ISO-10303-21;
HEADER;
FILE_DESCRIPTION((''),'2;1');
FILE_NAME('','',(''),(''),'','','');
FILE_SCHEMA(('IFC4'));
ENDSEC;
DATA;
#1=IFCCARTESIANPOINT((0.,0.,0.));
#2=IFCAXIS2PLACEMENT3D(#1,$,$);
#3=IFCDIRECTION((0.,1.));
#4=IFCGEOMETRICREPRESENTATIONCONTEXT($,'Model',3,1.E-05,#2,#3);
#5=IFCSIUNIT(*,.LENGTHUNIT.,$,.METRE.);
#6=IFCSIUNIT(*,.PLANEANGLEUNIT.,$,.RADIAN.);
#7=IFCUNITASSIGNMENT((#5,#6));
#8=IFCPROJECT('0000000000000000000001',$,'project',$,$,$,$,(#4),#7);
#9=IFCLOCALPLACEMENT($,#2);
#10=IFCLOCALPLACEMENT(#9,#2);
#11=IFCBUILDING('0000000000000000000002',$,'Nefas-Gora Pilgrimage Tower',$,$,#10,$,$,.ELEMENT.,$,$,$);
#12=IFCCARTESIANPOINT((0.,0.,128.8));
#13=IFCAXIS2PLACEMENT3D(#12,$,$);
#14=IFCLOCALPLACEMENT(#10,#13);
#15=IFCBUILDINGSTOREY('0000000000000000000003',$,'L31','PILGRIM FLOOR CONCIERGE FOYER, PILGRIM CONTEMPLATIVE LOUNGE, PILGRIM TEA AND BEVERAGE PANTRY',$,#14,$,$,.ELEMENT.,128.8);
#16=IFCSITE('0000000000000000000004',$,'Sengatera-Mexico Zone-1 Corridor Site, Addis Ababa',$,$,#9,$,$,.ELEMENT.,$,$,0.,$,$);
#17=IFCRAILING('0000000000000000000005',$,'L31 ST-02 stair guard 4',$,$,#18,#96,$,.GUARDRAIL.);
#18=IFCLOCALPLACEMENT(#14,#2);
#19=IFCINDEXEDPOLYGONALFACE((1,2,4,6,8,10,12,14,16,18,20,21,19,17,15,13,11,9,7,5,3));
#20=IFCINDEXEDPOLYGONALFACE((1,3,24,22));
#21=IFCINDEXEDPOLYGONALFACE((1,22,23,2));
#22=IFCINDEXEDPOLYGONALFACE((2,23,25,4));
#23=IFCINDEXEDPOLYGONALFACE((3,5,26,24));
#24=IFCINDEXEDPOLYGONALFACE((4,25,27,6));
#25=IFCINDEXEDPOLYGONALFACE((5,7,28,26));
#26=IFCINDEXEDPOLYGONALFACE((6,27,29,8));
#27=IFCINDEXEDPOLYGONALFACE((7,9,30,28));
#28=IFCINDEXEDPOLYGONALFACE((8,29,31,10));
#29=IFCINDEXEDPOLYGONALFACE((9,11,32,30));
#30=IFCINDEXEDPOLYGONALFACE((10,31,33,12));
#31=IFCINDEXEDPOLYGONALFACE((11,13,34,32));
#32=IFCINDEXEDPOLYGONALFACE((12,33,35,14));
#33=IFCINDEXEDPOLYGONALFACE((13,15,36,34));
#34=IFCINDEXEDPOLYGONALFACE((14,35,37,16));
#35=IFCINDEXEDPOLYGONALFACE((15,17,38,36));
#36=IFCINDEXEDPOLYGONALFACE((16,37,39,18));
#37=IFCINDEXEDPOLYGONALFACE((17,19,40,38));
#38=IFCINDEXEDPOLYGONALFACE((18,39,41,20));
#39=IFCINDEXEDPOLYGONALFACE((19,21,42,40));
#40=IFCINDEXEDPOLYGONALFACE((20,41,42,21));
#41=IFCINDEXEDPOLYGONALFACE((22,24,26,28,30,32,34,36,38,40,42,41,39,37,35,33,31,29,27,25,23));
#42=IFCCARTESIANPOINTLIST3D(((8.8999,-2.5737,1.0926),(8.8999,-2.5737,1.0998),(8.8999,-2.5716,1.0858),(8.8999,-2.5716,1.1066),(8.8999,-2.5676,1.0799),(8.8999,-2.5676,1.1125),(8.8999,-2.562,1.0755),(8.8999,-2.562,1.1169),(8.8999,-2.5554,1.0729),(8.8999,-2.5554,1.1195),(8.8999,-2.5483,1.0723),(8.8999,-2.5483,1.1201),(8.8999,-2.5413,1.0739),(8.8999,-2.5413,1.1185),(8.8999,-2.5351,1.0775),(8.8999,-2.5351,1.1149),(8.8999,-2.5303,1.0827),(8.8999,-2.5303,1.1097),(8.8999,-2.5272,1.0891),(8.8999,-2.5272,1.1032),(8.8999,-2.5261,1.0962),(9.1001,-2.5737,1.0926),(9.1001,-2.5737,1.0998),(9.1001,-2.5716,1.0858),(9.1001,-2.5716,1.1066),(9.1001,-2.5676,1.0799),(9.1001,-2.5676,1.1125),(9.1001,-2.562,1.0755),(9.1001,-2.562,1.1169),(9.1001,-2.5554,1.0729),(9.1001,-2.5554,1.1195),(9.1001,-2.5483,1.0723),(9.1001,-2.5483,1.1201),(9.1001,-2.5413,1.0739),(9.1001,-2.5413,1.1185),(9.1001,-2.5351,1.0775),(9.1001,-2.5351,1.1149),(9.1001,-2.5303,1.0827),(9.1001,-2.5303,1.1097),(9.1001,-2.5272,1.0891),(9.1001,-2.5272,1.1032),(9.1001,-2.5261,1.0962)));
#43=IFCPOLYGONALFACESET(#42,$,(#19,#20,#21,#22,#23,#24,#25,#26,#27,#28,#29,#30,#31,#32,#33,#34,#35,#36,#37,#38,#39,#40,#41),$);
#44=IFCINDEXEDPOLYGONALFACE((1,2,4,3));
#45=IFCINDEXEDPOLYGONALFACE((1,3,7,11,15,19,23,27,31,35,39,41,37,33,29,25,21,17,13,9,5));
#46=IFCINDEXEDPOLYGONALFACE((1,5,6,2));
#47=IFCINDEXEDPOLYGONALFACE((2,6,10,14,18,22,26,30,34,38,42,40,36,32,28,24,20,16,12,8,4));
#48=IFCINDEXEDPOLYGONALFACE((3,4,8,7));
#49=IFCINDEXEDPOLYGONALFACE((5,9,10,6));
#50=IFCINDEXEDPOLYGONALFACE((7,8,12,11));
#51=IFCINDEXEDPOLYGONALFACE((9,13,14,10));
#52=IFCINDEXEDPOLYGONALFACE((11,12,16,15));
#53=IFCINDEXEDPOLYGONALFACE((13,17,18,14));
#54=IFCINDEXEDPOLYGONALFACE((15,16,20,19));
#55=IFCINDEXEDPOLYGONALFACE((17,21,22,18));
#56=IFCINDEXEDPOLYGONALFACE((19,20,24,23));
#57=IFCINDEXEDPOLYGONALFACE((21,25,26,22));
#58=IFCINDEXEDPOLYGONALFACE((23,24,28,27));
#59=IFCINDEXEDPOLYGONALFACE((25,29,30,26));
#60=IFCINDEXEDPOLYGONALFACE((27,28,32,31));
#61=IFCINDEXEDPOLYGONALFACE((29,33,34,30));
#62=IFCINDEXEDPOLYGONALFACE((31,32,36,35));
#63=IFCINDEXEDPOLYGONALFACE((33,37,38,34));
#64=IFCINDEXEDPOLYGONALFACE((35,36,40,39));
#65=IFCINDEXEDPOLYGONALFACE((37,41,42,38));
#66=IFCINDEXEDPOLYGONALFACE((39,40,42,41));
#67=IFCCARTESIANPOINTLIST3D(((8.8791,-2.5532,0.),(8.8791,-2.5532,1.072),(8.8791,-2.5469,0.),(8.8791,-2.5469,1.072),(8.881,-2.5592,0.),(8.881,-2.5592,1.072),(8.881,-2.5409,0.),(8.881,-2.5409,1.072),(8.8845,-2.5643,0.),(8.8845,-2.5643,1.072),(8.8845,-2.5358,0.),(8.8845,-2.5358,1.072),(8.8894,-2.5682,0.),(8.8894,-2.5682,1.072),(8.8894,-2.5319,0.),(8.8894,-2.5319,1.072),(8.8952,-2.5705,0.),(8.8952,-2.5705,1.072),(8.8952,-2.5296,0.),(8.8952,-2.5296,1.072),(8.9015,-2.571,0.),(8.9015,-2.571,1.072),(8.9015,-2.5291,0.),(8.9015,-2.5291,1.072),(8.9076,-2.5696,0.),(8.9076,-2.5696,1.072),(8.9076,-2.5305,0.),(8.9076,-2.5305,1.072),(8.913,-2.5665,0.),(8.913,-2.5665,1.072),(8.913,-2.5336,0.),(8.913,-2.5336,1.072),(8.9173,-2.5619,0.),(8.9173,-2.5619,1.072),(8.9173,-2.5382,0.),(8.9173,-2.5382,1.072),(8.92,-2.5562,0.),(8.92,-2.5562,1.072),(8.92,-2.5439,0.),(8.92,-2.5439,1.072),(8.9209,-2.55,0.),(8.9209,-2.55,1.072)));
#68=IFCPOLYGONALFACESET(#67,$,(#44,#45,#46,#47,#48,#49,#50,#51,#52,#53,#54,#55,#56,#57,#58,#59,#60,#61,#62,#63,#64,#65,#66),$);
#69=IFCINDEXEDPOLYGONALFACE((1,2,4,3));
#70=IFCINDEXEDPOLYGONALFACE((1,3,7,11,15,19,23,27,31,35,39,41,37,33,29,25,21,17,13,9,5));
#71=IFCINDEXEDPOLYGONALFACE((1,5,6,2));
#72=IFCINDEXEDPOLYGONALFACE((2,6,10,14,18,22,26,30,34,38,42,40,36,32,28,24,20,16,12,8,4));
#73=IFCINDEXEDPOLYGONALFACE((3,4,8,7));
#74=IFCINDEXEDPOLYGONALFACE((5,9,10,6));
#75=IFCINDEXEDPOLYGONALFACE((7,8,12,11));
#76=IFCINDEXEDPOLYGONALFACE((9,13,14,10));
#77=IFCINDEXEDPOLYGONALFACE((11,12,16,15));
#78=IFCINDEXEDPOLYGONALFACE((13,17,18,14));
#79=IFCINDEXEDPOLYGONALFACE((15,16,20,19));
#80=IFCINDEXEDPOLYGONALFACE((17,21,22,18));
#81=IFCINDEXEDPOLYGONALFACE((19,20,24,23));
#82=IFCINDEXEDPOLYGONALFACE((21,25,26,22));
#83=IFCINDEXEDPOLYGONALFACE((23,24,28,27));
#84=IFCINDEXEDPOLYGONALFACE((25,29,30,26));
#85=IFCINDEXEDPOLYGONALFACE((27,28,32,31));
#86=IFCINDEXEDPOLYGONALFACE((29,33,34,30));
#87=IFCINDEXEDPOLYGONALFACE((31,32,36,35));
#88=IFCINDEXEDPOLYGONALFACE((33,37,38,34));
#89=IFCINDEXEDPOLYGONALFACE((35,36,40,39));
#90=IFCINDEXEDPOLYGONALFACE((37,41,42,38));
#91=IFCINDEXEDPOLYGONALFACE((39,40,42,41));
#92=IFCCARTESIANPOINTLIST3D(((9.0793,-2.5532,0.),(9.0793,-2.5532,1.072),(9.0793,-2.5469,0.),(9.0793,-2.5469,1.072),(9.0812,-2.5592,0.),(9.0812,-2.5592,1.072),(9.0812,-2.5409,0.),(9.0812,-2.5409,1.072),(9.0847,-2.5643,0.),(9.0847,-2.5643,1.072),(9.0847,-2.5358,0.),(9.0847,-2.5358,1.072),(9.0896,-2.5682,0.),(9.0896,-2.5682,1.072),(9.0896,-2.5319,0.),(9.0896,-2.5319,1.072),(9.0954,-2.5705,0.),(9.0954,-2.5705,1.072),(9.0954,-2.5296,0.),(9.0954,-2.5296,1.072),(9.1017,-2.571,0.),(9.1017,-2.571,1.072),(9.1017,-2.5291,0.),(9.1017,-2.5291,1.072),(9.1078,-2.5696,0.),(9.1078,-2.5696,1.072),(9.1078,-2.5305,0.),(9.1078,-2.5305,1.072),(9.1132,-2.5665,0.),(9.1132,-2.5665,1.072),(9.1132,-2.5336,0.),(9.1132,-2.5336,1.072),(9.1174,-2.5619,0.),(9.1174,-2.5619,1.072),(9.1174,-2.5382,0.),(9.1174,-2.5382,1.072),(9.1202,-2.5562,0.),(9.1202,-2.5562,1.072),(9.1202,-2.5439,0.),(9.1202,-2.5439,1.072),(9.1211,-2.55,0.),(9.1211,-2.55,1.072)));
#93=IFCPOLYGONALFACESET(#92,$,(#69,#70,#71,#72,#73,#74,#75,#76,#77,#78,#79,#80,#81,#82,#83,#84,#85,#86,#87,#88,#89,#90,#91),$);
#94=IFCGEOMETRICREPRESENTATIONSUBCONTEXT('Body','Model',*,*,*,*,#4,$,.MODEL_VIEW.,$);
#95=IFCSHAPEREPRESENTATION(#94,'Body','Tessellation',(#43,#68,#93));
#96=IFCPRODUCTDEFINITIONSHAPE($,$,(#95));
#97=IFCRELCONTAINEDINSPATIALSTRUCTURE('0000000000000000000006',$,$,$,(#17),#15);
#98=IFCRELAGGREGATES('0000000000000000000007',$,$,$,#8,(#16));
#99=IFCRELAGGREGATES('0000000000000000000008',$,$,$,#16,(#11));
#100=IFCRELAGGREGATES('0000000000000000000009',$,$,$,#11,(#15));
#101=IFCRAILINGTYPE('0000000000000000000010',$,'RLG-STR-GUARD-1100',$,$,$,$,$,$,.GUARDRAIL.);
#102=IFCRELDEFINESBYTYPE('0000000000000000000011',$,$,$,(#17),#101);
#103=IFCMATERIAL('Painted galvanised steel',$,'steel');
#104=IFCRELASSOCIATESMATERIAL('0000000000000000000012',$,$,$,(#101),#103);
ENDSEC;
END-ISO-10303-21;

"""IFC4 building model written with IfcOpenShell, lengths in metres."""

from ifc_helpers import new_model, si_unit, direction, frame, origin, origin_2d, place, context, subcontext, project, spatial, circle, extrude, material, type_object, element, save


model = new_model("IFC4")

# Units and contexts
model_context = context("Model", 3, precision=1e-05, world=origin(), true_north=direction((0.0, 1.0)))
body_context = subcontext(model_context, "Body", "Model", "MODEL_VIEW")
ifc_project = project(units=[si_unit("LENGTHUNIT", "METRE"), si_unit("PLANEANGLEUNIT", "RADIAN")], contexts=[model_context])

# Site, building, storey
site_placement = place(None, origin())
site = spatial("IfcSite", under=ifc_project, at=site_placement, Name="Sengatera-Mexico Zone-1 Corridor Site, Addis Ababa", CompositionType="ELEMENT", RefElevation=0.0)
building_placement = place(site_placement, origin())
building = spatial("IfcBuilding", under=site, at=building_placement, Name="Nefas-Gora Pilgrimage Tower", CompositionType="ELEMENT")
storey_placement = place(building_placement, frame((0.0, 0.0, 128.8)))
storey = spatial("IfcBuildingStorey", under=building, at=storey_placement, Name="L31", Description="PILGRIM FLOOR CONCIERGE FOYER, PILGRIM CONTEMPLATIVE LOUNGE, PILGRIM TEA AND BEVERAGE PANTRY", CompositionType="ELEMENT", Elevation=128.8)

# Railing
ifc_material_1 = material(Name="Painted galvanised steel", Category="steel")
railing_type_1 = type_object("IfcRailingType", Name="RLG-STR-GUARD-1100", PredefinedType="GUARDRAIL", material=ifc_material_1)
railing_1_placement = place(storey_placement, frame((8.8999, -2.55, 0.0)))
element("IfcRailing", 1, at=railing_1_placement, inside=storey, type_object=railing_type_1, Name="L31 ST-02 stair guard 4", PredefinedType="GUARDRAIL", context=body_context, shape_type="SweptSolid", body=[
    extrude(circle(Radius=0.0239, at=origin_2d()), frame((0.0, 0.0, 1.0962), z_axis=(1.0, 0.0, 0.0), x_axis=(0.0, 1.0, 0.0)), (0.0, 0.0, 1.0), 0.2002),
    extrude(circle(Radius=0.021, at=origin_2d()), origin(), (0.0, 0.0, 1.0), 1.072),
    extrude(circle(Radius=0.021, at=origin_2d()), frame((0.2002, 0.0, 0.0)), (0.0, 0.0, 1.0), 1.072),
])

save(model, "model.ifc")
